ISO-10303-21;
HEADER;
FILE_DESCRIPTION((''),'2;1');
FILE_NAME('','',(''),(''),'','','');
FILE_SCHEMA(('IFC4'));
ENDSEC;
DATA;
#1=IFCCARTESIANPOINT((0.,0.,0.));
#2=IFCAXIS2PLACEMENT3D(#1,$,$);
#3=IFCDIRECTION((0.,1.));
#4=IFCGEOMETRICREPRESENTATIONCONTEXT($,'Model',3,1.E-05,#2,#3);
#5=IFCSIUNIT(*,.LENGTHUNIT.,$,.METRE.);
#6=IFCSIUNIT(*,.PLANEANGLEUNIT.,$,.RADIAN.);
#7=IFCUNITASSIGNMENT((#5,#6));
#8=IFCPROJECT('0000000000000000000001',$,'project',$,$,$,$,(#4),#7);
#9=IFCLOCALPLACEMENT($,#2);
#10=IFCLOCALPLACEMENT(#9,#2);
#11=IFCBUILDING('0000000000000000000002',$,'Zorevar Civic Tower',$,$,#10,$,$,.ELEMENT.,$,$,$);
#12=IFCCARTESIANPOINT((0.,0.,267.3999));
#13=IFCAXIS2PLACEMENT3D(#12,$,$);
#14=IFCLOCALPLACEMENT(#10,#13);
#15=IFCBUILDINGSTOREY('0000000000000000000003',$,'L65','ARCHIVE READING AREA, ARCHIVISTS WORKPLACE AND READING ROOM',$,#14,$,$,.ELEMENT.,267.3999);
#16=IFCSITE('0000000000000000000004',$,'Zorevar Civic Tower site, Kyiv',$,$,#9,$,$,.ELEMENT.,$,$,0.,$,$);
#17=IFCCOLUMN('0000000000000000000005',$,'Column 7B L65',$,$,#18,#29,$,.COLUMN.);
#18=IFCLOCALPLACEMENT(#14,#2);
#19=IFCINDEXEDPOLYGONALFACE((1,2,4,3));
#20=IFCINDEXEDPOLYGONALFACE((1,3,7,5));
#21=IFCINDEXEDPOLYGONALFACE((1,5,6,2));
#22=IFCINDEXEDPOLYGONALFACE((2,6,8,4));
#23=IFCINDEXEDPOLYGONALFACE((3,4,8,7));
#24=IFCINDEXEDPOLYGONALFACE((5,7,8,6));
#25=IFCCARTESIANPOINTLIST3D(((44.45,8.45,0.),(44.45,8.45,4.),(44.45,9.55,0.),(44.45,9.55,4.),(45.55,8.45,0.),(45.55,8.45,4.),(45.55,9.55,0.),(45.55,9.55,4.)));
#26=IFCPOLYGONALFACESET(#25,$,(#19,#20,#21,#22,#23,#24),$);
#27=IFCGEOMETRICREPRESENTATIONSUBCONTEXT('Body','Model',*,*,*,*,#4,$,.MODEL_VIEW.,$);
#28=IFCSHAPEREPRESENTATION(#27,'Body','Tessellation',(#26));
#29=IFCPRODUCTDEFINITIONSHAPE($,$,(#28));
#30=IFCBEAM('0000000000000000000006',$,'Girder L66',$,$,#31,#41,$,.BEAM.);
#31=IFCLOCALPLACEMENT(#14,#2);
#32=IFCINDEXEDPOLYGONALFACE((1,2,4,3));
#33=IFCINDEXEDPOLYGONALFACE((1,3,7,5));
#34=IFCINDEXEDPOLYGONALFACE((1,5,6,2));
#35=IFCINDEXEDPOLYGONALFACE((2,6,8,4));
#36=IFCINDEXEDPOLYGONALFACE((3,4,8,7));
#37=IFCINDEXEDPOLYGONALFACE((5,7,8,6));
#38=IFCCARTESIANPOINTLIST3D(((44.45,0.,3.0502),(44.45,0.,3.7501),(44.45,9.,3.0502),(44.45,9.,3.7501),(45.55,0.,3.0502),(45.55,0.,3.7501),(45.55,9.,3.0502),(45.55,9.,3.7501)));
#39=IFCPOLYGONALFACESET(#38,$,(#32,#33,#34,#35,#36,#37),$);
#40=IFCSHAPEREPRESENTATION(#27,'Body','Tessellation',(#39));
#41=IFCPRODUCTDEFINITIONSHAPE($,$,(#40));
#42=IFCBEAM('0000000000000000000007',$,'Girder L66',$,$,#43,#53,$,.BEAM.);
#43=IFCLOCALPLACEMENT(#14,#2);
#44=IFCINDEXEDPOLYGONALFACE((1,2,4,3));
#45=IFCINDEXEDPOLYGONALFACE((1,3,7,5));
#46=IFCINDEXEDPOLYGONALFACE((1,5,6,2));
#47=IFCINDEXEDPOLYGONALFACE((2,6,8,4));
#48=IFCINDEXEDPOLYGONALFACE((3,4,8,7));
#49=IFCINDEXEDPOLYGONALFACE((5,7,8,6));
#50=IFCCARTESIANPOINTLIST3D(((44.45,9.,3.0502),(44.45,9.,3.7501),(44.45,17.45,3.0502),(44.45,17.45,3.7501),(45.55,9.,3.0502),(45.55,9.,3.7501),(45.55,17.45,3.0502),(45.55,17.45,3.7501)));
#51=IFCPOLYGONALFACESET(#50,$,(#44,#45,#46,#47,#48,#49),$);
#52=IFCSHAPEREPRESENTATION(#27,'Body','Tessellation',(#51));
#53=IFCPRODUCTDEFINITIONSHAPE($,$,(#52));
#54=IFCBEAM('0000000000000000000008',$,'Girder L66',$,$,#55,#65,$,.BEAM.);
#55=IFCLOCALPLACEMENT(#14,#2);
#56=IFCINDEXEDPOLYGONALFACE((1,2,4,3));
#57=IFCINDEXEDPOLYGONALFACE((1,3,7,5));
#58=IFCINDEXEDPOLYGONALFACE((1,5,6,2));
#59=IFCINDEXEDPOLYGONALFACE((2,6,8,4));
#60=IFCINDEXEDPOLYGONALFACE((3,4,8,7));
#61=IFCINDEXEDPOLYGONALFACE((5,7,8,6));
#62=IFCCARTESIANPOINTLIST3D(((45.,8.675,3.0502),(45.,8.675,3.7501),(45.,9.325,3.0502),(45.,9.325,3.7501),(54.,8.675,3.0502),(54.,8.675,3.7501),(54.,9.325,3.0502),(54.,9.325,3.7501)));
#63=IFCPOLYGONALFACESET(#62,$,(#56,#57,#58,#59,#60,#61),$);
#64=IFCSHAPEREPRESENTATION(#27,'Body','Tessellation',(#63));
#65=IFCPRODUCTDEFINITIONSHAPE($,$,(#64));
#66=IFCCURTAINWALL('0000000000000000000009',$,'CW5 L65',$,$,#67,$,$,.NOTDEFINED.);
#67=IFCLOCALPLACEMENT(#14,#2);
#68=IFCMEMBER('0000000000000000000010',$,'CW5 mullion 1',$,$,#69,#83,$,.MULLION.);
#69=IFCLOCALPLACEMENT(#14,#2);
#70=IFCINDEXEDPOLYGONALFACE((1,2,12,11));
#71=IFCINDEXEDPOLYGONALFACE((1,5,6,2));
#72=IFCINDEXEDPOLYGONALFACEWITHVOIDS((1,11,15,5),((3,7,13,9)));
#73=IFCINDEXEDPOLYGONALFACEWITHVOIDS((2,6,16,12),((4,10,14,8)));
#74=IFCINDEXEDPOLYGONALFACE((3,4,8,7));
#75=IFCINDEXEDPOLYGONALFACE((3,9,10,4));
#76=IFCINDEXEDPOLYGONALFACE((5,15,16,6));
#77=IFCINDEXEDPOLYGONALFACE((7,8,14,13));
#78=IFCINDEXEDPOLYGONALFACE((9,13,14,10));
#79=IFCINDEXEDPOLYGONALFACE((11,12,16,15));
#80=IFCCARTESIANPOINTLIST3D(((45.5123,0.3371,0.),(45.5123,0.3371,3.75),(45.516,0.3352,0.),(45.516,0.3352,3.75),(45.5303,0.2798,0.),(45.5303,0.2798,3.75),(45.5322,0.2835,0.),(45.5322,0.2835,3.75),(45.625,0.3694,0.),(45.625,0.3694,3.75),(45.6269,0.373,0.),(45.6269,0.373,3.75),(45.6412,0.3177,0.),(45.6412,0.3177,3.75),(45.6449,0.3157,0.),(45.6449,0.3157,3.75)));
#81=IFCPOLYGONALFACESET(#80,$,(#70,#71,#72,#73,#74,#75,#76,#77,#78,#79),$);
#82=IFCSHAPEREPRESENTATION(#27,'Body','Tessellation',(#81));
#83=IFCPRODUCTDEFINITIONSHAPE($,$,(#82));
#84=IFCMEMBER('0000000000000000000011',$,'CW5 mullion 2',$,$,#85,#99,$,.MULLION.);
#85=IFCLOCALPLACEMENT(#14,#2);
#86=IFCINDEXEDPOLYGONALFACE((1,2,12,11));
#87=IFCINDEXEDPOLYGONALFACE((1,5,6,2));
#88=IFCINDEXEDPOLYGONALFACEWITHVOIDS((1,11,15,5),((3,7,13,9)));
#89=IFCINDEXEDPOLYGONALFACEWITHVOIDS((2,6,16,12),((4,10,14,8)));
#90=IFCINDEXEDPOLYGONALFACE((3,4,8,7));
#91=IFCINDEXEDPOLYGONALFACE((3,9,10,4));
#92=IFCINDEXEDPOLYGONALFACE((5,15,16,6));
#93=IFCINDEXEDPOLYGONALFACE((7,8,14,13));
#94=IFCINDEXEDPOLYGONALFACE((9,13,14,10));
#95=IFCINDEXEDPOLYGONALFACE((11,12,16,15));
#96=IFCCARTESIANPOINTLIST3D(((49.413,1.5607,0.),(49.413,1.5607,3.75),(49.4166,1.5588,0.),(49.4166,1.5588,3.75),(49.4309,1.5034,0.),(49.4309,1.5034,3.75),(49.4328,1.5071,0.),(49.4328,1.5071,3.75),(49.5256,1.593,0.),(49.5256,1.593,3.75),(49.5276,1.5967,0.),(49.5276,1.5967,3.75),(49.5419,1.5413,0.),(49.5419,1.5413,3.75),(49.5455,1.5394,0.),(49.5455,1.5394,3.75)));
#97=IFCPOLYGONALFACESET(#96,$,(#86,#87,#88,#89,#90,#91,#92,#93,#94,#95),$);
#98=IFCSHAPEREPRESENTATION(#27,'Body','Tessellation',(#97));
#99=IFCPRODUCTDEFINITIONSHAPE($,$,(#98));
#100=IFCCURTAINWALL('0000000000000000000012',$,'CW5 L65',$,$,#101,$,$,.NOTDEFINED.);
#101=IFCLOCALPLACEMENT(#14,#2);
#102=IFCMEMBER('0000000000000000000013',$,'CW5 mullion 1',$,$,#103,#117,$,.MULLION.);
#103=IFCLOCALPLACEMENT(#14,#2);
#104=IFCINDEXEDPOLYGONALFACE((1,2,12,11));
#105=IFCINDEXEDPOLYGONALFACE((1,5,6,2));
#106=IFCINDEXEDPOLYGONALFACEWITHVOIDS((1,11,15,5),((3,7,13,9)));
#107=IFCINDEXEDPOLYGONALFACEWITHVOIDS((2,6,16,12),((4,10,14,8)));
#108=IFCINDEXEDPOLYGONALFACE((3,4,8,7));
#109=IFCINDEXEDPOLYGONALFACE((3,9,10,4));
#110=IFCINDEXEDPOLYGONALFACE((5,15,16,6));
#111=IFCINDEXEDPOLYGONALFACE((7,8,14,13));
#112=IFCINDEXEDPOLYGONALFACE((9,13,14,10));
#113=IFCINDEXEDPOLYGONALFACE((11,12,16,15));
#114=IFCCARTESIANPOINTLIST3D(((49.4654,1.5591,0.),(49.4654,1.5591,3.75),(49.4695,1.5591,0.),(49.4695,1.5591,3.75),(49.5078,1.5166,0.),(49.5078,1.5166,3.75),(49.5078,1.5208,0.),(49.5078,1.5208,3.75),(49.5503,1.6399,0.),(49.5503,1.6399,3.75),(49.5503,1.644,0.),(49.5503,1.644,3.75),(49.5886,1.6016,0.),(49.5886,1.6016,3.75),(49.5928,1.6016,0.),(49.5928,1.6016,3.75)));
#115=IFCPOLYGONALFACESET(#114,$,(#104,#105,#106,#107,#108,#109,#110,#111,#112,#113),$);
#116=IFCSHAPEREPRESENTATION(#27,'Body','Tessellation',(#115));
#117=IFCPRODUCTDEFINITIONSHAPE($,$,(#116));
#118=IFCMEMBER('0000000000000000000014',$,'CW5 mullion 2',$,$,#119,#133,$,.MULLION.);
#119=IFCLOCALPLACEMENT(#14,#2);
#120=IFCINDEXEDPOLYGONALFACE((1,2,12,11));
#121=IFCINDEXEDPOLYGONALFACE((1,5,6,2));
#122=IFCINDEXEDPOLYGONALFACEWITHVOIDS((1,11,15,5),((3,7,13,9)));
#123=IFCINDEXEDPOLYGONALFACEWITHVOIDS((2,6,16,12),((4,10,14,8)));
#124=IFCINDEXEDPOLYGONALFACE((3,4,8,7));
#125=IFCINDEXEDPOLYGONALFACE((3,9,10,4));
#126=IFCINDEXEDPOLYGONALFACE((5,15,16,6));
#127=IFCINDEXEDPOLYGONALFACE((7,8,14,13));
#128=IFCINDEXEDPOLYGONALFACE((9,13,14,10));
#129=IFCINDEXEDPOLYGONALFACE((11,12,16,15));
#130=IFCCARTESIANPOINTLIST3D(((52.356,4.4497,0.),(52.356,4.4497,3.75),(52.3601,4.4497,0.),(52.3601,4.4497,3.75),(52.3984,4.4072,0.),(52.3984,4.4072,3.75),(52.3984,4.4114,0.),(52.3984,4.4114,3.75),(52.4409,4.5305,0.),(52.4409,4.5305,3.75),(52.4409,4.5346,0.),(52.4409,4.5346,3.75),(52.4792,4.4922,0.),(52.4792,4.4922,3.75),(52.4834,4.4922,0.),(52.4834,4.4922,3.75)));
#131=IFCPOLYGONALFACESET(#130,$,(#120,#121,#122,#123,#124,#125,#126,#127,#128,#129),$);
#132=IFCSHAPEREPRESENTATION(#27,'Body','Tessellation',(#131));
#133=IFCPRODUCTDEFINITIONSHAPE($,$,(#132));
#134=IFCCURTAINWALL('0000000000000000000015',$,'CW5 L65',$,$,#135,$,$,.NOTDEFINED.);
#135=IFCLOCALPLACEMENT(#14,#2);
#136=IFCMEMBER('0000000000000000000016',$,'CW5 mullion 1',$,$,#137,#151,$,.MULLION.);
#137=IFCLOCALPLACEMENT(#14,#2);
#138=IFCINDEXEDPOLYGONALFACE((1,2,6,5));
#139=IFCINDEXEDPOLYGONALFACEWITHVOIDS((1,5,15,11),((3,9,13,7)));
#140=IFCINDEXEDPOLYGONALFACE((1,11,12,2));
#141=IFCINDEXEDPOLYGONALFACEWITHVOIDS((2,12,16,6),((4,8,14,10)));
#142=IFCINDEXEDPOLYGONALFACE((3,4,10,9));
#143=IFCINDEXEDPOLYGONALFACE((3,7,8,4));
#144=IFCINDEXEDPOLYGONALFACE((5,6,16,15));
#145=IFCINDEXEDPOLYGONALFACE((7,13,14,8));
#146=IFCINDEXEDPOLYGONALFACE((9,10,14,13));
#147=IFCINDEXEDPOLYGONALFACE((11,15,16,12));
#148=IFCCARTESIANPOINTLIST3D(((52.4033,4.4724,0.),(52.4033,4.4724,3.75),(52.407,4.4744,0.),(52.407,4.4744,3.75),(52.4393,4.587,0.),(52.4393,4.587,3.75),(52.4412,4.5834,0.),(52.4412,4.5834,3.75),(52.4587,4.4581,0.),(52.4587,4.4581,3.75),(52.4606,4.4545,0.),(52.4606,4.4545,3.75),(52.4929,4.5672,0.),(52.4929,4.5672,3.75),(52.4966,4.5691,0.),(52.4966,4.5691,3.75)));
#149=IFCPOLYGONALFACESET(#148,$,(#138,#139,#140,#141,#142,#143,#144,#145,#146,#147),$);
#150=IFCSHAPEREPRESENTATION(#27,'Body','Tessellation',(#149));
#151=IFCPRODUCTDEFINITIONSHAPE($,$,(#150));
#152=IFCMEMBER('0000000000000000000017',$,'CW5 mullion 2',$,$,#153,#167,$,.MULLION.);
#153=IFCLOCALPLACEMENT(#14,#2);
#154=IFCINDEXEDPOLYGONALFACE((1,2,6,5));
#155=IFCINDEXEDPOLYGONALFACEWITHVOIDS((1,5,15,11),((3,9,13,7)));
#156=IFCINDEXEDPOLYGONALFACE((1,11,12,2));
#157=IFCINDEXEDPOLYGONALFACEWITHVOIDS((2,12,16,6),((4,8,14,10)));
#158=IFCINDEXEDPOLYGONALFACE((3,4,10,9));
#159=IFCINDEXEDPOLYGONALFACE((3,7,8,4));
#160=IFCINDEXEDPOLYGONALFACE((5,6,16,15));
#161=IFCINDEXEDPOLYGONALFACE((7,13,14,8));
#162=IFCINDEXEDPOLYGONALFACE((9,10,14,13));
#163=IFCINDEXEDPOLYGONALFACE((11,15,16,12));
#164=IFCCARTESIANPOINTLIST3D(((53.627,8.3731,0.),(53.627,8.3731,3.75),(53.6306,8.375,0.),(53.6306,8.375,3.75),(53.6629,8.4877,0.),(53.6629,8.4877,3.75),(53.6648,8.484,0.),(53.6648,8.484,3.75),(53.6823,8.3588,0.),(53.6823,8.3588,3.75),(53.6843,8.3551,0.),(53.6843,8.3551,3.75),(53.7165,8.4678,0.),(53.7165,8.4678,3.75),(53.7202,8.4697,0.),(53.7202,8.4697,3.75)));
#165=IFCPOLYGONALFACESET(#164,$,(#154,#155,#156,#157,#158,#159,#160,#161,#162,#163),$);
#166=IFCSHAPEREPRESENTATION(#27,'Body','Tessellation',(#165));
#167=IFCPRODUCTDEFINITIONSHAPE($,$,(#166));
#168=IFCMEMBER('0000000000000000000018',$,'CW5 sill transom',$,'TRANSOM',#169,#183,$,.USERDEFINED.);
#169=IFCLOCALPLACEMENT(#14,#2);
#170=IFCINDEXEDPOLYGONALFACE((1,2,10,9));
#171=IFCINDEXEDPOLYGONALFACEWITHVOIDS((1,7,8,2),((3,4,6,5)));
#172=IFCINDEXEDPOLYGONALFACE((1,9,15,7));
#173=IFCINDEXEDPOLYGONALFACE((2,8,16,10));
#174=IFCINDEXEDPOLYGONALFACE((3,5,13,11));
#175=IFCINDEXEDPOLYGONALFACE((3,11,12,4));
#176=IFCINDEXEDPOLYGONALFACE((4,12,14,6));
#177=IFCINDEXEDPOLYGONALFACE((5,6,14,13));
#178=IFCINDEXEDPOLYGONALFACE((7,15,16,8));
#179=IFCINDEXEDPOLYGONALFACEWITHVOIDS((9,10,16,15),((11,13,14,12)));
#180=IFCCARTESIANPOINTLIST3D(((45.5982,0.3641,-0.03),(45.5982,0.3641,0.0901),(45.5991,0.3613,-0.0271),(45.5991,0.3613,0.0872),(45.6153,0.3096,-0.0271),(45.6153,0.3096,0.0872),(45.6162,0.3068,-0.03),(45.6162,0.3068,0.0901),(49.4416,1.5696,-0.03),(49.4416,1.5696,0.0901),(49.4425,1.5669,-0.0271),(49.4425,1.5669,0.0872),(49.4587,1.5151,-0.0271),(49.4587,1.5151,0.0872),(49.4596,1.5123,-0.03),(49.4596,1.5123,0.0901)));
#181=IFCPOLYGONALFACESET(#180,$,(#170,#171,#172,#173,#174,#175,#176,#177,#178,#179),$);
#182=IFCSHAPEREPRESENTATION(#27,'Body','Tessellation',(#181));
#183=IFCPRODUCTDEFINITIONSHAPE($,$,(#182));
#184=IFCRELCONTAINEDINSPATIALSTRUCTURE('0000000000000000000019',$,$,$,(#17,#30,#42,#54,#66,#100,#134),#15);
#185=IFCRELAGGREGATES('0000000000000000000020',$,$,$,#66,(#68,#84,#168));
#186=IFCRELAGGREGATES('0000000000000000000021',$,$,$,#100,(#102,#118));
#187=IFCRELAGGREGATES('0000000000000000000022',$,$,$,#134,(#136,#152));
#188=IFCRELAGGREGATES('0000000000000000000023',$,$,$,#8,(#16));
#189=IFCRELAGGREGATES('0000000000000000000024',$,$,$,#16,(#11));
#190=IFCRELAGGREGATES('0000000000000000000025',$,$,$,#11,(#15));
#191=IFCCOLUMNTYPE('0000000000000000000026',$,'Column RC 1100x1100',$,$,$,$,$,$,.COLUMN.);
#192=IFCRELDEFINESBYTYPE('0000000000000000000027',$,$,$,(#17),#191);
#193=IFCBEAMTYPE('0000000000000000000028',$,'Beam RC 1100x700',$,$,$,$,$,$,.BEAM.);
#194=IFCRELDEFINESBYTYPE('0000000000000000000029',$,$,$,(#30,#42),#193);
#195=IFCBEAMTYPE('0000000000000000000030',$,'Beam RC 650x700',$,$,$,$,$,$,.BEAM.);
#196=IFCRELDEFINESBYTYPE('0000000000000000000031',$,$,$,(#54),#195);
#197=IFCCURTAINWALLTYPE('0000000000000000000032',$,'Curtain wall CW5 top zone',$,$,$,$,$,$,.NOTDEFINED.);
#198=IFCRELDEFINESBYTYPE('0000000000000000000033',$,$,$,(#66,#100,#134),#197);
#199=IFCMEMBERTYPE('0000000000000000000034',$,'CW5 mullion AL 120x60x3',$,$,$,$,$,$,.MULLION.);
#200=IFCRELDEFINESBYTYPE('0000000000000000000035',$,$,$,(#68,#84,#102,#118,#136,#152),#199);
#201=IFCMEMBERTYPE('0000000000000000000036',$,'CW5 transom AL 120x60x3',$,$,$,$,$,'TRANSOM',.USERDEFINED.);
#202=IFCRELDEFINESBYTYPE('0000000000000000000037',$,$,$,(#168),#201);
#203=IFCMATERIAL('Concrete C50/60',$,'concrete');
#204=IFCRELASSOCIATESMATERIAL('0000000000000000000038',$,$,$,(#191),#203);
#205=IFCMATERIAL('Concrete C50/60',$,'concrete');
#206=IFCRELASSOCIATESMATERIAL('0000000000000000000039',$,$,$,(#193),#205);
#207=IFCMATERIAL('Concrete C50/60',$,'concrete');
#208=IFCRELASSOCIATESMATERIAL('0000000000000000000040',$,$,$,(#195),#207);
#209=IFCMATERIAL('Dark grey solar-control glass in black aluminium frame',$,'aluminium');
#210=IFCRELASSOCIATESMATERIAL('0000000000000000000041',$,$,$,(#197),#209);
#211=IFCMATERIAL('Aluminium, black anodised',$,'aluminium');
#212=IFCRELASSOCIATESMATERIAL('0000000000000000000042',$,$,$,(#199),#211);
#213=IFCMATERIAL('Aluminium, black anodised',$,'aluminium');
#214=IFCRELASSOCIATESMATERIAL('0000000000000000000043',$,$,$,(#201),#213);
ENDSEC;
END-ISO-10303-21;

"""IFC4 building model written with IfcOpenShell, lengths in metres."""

from ifc_helpers import new_model, si_unit, direction, frame, origin, origin_2d, place, context, subcontext, project, spatial, rectangle, hollow_rectangle, extrude, material, material_profile, profile_set, type_object, element, aggregate, save


model = new_model("IFC4")

# Units and contexts
model_context = context("Model", 3, precision=1e-05, world=origin(), true_north=direction((0.0, 1.0)))
body_context = subcontext(model_context, "Body", "Model", "MODEL_VIEW")
ifc_project = project(units=[si_unit("LENGTHUNIT", "METRE"), si_unit("PLANEANGLEUNIT", "RADIAN")], contexts=[model_context])

# Site, building, storey
site_placement = place(None, origin())
site = spatial("IfcSite", under=ifc_project, at=site_placement, Name="Zorevar Civic Tower site, Kyiv", CompositionType="ELEMENT", RefElevation=0.0)
building_placement = place(site_placement, origin())
building = spatial("IfcBuilding", under=site, at=building_placement, Name="Zorevar Civic Tower", CompositionType="ELEMENT")
storey_placement = place(building_placement, frame((0.0, 0.0, 267.3999)))
storey = spatial("IfcBuildingStorey", under=building, at=storey_placement, Name="L65", Description="ARCHIVE READING AREA, ARCHIVISTS WORKPLACE AND READING ROOM", CompositionType="ELEMENT", Elevation=267.3999)

# Column
ifc_material_1 = material(Name="Concrete C50/60", Category="concrete")
ifc_material_profile_1 = material_profile(ifc_material_1, rectangle(XDim=1.1001, YDim=1.1001, at=origin_2d()), Name="RC 1100x1100")
ifc_profile_set_1 = profile_set([ifc_material_profile_1], Name="Concrete C50/60")
column_type = type_object("IfcColumnType", Name="Column RC 1100x1100", PredefinedType="COLUMN", material=ifc_profile_set_1)
column_placement = place(storey_placement, frame((45.0, 9.0, 0.0), z_axis=(0.0, 0.0, 1.0), x_axis=(1.0, 0.0, 0.0)))
element("IfcColumn", 1, at=column_placement, inside=storey, type_object=column_type, Name="Column 7B L65", PredefinedType="COLUMN", context=body_context, shape_type="SweptSolid", body=[
    extrude(rectangle(XDim=1.1001, YDim=1.1001, at=origin_2d()), origin(), (0.0, 0.0, 1.0), 4.0),
])

# Beams
ifc_material_2 = material(Name="Concrete C50/60", Category="concrete")
ifc_material_profile_2 = material_profile(ifc_material_2, rectangle(XDim=1.1001, YDim=0.7, at=origin_2d()), Name="RC 1100x700")
ifc_profile_set_2 = profile_set([ifc_material_profile_2], Name="Concrete C50/60")
beam_type_1 = type_object("IfcBeamType", Name="Beam RC 1100x700", PredefinedType="BEAM", material=ifc_profile_set_2)
beam_1_placement = place(storey_placement, frame((45.0, 0.0, 3.4001), z_axis=(0.0, 1.0, 0.0), x_axis=(-1.0, 0.0, 0.0)))
element("IfcBeam", 2, at=beam_1_placement, inside=storey, type_object=beam_type_1, Name="Girder L66", PredefinedType="BEAM", context=body_context, shape_type="SweptSolid", body=[
    extrude(rectangle(XDim=1.1001, YDim=0.7, at=origin_2d()), origin(), (0.0, 0.0, 1.0), 9.0),
])
beam_2_placement = place(storey_placement, frame((45.0, 9.0, 3.4001), z_axis=(0.0, 1.0, 0.0), x_axis=(-1.0, 0.0, 0.0)))
element("IfcBeam", 3, at=beam_2_placement, inside=storey, type_object=beam_type_1, Name="Girder L66", PredefinedType="BEAM", context=body_context, shape_type="SweptSolid", body=[
    extrude(rectangle(XDim=1.1001, YDim=0.7, at=origin_2d()), origin(), (0.0, 0.0, 1.0), 8.45),
])
ifc_material_3 = material(Name="Concrete C50/60", Category="concrete")
ifc_material_profile_3 = material_profile(ifc_material_3, rectangle(XDim=0.6499, YDim=0.7, at=origin_2d()), Name="RC 650x700")
ifc_profile_set_3 = profile_set([ifc_material_profile_3], Name="Concrete C50/60")
beam_type_2 = type_object("IfcBeamType", Name="Beam RC 650x700", PredefinedType="BEAM", material=ifc_profile_set_3)
beam_3_placement = place(storey_placement, frame((45.0, 9.0, 3.4001), z_axis=(1.0, 0.0, 0.0), x_axis=(0.0, 1.0, 0.0)))
element("IfcBeam", 4, at=beam_3_placement, inside=storey, type_object=beam_type_2, Name="Girder L66", PredefinedType="BEAM", context=body_context, shape_type="SweptSolid", body=[
    extrude(rectangle(XDim=0.6499, YDim=0.7, at=origin_2d()), origin(), (0.0, 0.0, 1.0), 9.0),
])

# Curtain walls, members
ifc_material_4 = material(Name="Dark grey solar-control glass in black aluminium frame", Category="aluminium")
curtain_wall_type = type_object("IfcCurtainWallType", Name="Curtain wall CW5 top zone", PredefinedType="NOTDEFINED", material=ifc_material_4)
curtain_wall_1_placement = place(storey_placement, origin())
curtain_wall_1 = element("IfcCurtainWall", 5, at=curtain_wall_1_placement, inside=storey, type_object=curtain_wall_type, Name="CW5 L65", PredefinedType="NOTDEFINED")
ifc_material_5 = material(Name="Aluminium, black anodised", Category="aluminium")
ifc_material_profile_4 = material_profile(ifc_material_5, hollow_rectangle(XDim=0.0601, YDim=0.1201, WallThickness=0.0029, at=origin_2d()), Name="AL 120x60x3")
ifc_profile_set_4 = profile_set([ifc_material_profile_4], Name="Aluminium, black anodised")
member_type_1 = type_object("IfcMemberType", Name="CW5 mullion AL 120x60x3", PredefinedType="MULLION", material=ifc_profile_set_4)
member_1_placement = place(storey_placement, frame((45.5786, 0.3264, 0.0), z_axis=(0.0, 0.0, 1.0), x_axis=(-0.299318, 0.954153, 0.0)))
member_1 = element("IfcMember", 6, at=member_1_placement, type_object=member_type_1, Name="CW5 mullion 1", PredefinedType="MULLION", context=body_context, shape_type="SweptSolid", body=[
    extrude(hollow_rectangle(XDim=0.0601, YDim=0.1201, WallThickness=0.0029, at=origin_2d()), origin(), (0.0, 0.0, 1.0), 3.75),
])
member_2_placement = place(storey_placement, frame((49.4792, 1.55, 0.0), z_axis=(0.0, 0.0, 1.0), x_axis=(-0.299318, 0.954153, 0.0)))
member_2 = element("IfcMember", 7, at=member_2_placement, type_object=member_type_1, Name="CW5 mullion 2", PredefinedType="MULLION", context=body_context, shape_type="SweptSolid", body=[
    extrude(hollow_rectangle(XDim=0.0601, YDim=0.1201, WallThickness=0.0029, at=origin_2d()), origin(), (0.0, 0.0, 1.0), 3.75),
])
curtain_wall_2_placement = place(storey_placement, origin())
curtain_wall_2 = element("IfcCurtainWall", 8, at=curtain_wall_2_placement, inside=storey, type_object=curtain_wall_type, Name="CW5 L65", PredefinedType="NOTDEFINED")
member_3_placement = place(storey_placement, frame((49.5291, 1.5803, 0.0), z_axis=(0.0, 0.0, 1.0), x_axis=(-0.707107, 0.707107, 0.0)))
member_3 = element("IfcMember", 9, at=member_3_placement, type_object=member_type_1, Name="CW5 mullion 1", PredefinedType="MULLION", context=body_context, shape_type="SweptSolid", body=[
    extrude(hollow_rectangle(XDim=0.0601, YDim=0.1201, WallThickness=0.0029, at=origin_2d()), origin(), (0.0, 0.0, 1.0), 3.75),
])
member_4_placement = place(storey_placement, frame((52.4197, 4.4709, 0.0), z_axis=(0.0, 0.0, 1.0), x_axis=(-0.707107, 0.707107, 0.0)))
member_4 = element("IfcMember", 10, at=member_4_placement, type_object=member_type_1, Name="CW5 mullion 2", PredefinedType="MULLION", context=body_context, shape_type="SweptSolid", body=[
    extrude(hollow_rectangle(XDim=0.0601, YDim=0.1201, WallThickness=0.0029, at=origin_2d()), origin(), (0.0, 0.0, 1.0), 3.75),
])
curtain_wall_3_placement = place(storey_placement, origin())
curtain_wall_3 = element("IfcCurtainWall", 11, at=curtain_wall_3_placement, inside=storey, type_object=curtain_wall_type, Name="CW5 L65", PredefinedType="NOTDEFINED")
member_5_placement = place(storey_placement, frame((52.45, 4.5208, 0.0), z_axis=(0.0, 0.0, 1.0), x_axis=(-0.954153, 0.299318, 0.0)))
member_5 = element("IfcMember", 12, at=member_5_placement, type_object=member_type_1, Name="CW5 mullion 1", PredefinedType="MULLION", context=body_context, shape_type="SweptSolid", body=[
    extrude(hollow_rectangle(XDim=0.0601, YDim=0.1201, WallThickness=0.0029, at=origin_2d()), origin(), (0.0, 0.0, 1.0), 3.75),
])
member_6_placement = place(storey_placement, frame((53.6736, 8.4214, 0.0), z_axis=(0.0, 0.0, 1.0), x_axis=(-0.954153, 0.299318, 0.0)))
member_6 = element("IfcMember", 13, at=member_6_placement, type_object=member_type_1, Name="CW5 mullion 2", PredefinedType="MULLION", context=body_context, shape_type="SweptSolid", body=[
    extrude(hollow_rectangle(XDim=0.0601, YDim=0.1201, WallThickness=0.0029, at=origin_2d()), origin(), (0.0, 0.0, 1.0), 3.75),
])

# Member
ifc_material_6 = material(Name="Aluminium, black anodised", Category="aluminium")
ifc_material_profile_5 = material_profile(ifc_material_6, hollow_rectangle(XDim=0.0601, YDim=0.1201, WallThickness=0.0029, at=origin_2d()), Name="AL 120x60x3")
ifc_profile_set_5 = profile_set([ifc_material_profile_5], Name="Aluminium, black anodised")
member_type_2 = type_object("IfcMemberType", Name="CW5 transom AL 120x60x3", ElementType="TRANSOM", PredefinedType="USERDEFINED", material=ifc_profile_set_5)
member_7_placement = place(storey_placement, frame((45.6072, 0.3354, 0.03), z_axis=(0.954163, 0.299286, 0.0), x_axis=(-0.299286, 0.954163, 0.0)))
member_7 = element("IfcMember", 14, at=member_7_placement, type_object=member_type_2, Name="CW5 sill transom", ObjectType="TRANSOM", PredefinedType="USERDEFINED", context=body_context, shape_type="SweptSolid", body=[
    extrude(hollow_rectangle(XDim=0.0601, YDim=0.1201, WallThickness=0.0029, at=origin_2d()), origin(), (0.0, 0.0, 1.0), 4.0281),
])

aggregate(curtain_wall_1, [member_1, member_2, member_7])
aggregate(curtain_wall_2, [member_3, member_4])
aggregate(curtain_wall_3, [member_5, member_6])

save(model, "model.ifc")
